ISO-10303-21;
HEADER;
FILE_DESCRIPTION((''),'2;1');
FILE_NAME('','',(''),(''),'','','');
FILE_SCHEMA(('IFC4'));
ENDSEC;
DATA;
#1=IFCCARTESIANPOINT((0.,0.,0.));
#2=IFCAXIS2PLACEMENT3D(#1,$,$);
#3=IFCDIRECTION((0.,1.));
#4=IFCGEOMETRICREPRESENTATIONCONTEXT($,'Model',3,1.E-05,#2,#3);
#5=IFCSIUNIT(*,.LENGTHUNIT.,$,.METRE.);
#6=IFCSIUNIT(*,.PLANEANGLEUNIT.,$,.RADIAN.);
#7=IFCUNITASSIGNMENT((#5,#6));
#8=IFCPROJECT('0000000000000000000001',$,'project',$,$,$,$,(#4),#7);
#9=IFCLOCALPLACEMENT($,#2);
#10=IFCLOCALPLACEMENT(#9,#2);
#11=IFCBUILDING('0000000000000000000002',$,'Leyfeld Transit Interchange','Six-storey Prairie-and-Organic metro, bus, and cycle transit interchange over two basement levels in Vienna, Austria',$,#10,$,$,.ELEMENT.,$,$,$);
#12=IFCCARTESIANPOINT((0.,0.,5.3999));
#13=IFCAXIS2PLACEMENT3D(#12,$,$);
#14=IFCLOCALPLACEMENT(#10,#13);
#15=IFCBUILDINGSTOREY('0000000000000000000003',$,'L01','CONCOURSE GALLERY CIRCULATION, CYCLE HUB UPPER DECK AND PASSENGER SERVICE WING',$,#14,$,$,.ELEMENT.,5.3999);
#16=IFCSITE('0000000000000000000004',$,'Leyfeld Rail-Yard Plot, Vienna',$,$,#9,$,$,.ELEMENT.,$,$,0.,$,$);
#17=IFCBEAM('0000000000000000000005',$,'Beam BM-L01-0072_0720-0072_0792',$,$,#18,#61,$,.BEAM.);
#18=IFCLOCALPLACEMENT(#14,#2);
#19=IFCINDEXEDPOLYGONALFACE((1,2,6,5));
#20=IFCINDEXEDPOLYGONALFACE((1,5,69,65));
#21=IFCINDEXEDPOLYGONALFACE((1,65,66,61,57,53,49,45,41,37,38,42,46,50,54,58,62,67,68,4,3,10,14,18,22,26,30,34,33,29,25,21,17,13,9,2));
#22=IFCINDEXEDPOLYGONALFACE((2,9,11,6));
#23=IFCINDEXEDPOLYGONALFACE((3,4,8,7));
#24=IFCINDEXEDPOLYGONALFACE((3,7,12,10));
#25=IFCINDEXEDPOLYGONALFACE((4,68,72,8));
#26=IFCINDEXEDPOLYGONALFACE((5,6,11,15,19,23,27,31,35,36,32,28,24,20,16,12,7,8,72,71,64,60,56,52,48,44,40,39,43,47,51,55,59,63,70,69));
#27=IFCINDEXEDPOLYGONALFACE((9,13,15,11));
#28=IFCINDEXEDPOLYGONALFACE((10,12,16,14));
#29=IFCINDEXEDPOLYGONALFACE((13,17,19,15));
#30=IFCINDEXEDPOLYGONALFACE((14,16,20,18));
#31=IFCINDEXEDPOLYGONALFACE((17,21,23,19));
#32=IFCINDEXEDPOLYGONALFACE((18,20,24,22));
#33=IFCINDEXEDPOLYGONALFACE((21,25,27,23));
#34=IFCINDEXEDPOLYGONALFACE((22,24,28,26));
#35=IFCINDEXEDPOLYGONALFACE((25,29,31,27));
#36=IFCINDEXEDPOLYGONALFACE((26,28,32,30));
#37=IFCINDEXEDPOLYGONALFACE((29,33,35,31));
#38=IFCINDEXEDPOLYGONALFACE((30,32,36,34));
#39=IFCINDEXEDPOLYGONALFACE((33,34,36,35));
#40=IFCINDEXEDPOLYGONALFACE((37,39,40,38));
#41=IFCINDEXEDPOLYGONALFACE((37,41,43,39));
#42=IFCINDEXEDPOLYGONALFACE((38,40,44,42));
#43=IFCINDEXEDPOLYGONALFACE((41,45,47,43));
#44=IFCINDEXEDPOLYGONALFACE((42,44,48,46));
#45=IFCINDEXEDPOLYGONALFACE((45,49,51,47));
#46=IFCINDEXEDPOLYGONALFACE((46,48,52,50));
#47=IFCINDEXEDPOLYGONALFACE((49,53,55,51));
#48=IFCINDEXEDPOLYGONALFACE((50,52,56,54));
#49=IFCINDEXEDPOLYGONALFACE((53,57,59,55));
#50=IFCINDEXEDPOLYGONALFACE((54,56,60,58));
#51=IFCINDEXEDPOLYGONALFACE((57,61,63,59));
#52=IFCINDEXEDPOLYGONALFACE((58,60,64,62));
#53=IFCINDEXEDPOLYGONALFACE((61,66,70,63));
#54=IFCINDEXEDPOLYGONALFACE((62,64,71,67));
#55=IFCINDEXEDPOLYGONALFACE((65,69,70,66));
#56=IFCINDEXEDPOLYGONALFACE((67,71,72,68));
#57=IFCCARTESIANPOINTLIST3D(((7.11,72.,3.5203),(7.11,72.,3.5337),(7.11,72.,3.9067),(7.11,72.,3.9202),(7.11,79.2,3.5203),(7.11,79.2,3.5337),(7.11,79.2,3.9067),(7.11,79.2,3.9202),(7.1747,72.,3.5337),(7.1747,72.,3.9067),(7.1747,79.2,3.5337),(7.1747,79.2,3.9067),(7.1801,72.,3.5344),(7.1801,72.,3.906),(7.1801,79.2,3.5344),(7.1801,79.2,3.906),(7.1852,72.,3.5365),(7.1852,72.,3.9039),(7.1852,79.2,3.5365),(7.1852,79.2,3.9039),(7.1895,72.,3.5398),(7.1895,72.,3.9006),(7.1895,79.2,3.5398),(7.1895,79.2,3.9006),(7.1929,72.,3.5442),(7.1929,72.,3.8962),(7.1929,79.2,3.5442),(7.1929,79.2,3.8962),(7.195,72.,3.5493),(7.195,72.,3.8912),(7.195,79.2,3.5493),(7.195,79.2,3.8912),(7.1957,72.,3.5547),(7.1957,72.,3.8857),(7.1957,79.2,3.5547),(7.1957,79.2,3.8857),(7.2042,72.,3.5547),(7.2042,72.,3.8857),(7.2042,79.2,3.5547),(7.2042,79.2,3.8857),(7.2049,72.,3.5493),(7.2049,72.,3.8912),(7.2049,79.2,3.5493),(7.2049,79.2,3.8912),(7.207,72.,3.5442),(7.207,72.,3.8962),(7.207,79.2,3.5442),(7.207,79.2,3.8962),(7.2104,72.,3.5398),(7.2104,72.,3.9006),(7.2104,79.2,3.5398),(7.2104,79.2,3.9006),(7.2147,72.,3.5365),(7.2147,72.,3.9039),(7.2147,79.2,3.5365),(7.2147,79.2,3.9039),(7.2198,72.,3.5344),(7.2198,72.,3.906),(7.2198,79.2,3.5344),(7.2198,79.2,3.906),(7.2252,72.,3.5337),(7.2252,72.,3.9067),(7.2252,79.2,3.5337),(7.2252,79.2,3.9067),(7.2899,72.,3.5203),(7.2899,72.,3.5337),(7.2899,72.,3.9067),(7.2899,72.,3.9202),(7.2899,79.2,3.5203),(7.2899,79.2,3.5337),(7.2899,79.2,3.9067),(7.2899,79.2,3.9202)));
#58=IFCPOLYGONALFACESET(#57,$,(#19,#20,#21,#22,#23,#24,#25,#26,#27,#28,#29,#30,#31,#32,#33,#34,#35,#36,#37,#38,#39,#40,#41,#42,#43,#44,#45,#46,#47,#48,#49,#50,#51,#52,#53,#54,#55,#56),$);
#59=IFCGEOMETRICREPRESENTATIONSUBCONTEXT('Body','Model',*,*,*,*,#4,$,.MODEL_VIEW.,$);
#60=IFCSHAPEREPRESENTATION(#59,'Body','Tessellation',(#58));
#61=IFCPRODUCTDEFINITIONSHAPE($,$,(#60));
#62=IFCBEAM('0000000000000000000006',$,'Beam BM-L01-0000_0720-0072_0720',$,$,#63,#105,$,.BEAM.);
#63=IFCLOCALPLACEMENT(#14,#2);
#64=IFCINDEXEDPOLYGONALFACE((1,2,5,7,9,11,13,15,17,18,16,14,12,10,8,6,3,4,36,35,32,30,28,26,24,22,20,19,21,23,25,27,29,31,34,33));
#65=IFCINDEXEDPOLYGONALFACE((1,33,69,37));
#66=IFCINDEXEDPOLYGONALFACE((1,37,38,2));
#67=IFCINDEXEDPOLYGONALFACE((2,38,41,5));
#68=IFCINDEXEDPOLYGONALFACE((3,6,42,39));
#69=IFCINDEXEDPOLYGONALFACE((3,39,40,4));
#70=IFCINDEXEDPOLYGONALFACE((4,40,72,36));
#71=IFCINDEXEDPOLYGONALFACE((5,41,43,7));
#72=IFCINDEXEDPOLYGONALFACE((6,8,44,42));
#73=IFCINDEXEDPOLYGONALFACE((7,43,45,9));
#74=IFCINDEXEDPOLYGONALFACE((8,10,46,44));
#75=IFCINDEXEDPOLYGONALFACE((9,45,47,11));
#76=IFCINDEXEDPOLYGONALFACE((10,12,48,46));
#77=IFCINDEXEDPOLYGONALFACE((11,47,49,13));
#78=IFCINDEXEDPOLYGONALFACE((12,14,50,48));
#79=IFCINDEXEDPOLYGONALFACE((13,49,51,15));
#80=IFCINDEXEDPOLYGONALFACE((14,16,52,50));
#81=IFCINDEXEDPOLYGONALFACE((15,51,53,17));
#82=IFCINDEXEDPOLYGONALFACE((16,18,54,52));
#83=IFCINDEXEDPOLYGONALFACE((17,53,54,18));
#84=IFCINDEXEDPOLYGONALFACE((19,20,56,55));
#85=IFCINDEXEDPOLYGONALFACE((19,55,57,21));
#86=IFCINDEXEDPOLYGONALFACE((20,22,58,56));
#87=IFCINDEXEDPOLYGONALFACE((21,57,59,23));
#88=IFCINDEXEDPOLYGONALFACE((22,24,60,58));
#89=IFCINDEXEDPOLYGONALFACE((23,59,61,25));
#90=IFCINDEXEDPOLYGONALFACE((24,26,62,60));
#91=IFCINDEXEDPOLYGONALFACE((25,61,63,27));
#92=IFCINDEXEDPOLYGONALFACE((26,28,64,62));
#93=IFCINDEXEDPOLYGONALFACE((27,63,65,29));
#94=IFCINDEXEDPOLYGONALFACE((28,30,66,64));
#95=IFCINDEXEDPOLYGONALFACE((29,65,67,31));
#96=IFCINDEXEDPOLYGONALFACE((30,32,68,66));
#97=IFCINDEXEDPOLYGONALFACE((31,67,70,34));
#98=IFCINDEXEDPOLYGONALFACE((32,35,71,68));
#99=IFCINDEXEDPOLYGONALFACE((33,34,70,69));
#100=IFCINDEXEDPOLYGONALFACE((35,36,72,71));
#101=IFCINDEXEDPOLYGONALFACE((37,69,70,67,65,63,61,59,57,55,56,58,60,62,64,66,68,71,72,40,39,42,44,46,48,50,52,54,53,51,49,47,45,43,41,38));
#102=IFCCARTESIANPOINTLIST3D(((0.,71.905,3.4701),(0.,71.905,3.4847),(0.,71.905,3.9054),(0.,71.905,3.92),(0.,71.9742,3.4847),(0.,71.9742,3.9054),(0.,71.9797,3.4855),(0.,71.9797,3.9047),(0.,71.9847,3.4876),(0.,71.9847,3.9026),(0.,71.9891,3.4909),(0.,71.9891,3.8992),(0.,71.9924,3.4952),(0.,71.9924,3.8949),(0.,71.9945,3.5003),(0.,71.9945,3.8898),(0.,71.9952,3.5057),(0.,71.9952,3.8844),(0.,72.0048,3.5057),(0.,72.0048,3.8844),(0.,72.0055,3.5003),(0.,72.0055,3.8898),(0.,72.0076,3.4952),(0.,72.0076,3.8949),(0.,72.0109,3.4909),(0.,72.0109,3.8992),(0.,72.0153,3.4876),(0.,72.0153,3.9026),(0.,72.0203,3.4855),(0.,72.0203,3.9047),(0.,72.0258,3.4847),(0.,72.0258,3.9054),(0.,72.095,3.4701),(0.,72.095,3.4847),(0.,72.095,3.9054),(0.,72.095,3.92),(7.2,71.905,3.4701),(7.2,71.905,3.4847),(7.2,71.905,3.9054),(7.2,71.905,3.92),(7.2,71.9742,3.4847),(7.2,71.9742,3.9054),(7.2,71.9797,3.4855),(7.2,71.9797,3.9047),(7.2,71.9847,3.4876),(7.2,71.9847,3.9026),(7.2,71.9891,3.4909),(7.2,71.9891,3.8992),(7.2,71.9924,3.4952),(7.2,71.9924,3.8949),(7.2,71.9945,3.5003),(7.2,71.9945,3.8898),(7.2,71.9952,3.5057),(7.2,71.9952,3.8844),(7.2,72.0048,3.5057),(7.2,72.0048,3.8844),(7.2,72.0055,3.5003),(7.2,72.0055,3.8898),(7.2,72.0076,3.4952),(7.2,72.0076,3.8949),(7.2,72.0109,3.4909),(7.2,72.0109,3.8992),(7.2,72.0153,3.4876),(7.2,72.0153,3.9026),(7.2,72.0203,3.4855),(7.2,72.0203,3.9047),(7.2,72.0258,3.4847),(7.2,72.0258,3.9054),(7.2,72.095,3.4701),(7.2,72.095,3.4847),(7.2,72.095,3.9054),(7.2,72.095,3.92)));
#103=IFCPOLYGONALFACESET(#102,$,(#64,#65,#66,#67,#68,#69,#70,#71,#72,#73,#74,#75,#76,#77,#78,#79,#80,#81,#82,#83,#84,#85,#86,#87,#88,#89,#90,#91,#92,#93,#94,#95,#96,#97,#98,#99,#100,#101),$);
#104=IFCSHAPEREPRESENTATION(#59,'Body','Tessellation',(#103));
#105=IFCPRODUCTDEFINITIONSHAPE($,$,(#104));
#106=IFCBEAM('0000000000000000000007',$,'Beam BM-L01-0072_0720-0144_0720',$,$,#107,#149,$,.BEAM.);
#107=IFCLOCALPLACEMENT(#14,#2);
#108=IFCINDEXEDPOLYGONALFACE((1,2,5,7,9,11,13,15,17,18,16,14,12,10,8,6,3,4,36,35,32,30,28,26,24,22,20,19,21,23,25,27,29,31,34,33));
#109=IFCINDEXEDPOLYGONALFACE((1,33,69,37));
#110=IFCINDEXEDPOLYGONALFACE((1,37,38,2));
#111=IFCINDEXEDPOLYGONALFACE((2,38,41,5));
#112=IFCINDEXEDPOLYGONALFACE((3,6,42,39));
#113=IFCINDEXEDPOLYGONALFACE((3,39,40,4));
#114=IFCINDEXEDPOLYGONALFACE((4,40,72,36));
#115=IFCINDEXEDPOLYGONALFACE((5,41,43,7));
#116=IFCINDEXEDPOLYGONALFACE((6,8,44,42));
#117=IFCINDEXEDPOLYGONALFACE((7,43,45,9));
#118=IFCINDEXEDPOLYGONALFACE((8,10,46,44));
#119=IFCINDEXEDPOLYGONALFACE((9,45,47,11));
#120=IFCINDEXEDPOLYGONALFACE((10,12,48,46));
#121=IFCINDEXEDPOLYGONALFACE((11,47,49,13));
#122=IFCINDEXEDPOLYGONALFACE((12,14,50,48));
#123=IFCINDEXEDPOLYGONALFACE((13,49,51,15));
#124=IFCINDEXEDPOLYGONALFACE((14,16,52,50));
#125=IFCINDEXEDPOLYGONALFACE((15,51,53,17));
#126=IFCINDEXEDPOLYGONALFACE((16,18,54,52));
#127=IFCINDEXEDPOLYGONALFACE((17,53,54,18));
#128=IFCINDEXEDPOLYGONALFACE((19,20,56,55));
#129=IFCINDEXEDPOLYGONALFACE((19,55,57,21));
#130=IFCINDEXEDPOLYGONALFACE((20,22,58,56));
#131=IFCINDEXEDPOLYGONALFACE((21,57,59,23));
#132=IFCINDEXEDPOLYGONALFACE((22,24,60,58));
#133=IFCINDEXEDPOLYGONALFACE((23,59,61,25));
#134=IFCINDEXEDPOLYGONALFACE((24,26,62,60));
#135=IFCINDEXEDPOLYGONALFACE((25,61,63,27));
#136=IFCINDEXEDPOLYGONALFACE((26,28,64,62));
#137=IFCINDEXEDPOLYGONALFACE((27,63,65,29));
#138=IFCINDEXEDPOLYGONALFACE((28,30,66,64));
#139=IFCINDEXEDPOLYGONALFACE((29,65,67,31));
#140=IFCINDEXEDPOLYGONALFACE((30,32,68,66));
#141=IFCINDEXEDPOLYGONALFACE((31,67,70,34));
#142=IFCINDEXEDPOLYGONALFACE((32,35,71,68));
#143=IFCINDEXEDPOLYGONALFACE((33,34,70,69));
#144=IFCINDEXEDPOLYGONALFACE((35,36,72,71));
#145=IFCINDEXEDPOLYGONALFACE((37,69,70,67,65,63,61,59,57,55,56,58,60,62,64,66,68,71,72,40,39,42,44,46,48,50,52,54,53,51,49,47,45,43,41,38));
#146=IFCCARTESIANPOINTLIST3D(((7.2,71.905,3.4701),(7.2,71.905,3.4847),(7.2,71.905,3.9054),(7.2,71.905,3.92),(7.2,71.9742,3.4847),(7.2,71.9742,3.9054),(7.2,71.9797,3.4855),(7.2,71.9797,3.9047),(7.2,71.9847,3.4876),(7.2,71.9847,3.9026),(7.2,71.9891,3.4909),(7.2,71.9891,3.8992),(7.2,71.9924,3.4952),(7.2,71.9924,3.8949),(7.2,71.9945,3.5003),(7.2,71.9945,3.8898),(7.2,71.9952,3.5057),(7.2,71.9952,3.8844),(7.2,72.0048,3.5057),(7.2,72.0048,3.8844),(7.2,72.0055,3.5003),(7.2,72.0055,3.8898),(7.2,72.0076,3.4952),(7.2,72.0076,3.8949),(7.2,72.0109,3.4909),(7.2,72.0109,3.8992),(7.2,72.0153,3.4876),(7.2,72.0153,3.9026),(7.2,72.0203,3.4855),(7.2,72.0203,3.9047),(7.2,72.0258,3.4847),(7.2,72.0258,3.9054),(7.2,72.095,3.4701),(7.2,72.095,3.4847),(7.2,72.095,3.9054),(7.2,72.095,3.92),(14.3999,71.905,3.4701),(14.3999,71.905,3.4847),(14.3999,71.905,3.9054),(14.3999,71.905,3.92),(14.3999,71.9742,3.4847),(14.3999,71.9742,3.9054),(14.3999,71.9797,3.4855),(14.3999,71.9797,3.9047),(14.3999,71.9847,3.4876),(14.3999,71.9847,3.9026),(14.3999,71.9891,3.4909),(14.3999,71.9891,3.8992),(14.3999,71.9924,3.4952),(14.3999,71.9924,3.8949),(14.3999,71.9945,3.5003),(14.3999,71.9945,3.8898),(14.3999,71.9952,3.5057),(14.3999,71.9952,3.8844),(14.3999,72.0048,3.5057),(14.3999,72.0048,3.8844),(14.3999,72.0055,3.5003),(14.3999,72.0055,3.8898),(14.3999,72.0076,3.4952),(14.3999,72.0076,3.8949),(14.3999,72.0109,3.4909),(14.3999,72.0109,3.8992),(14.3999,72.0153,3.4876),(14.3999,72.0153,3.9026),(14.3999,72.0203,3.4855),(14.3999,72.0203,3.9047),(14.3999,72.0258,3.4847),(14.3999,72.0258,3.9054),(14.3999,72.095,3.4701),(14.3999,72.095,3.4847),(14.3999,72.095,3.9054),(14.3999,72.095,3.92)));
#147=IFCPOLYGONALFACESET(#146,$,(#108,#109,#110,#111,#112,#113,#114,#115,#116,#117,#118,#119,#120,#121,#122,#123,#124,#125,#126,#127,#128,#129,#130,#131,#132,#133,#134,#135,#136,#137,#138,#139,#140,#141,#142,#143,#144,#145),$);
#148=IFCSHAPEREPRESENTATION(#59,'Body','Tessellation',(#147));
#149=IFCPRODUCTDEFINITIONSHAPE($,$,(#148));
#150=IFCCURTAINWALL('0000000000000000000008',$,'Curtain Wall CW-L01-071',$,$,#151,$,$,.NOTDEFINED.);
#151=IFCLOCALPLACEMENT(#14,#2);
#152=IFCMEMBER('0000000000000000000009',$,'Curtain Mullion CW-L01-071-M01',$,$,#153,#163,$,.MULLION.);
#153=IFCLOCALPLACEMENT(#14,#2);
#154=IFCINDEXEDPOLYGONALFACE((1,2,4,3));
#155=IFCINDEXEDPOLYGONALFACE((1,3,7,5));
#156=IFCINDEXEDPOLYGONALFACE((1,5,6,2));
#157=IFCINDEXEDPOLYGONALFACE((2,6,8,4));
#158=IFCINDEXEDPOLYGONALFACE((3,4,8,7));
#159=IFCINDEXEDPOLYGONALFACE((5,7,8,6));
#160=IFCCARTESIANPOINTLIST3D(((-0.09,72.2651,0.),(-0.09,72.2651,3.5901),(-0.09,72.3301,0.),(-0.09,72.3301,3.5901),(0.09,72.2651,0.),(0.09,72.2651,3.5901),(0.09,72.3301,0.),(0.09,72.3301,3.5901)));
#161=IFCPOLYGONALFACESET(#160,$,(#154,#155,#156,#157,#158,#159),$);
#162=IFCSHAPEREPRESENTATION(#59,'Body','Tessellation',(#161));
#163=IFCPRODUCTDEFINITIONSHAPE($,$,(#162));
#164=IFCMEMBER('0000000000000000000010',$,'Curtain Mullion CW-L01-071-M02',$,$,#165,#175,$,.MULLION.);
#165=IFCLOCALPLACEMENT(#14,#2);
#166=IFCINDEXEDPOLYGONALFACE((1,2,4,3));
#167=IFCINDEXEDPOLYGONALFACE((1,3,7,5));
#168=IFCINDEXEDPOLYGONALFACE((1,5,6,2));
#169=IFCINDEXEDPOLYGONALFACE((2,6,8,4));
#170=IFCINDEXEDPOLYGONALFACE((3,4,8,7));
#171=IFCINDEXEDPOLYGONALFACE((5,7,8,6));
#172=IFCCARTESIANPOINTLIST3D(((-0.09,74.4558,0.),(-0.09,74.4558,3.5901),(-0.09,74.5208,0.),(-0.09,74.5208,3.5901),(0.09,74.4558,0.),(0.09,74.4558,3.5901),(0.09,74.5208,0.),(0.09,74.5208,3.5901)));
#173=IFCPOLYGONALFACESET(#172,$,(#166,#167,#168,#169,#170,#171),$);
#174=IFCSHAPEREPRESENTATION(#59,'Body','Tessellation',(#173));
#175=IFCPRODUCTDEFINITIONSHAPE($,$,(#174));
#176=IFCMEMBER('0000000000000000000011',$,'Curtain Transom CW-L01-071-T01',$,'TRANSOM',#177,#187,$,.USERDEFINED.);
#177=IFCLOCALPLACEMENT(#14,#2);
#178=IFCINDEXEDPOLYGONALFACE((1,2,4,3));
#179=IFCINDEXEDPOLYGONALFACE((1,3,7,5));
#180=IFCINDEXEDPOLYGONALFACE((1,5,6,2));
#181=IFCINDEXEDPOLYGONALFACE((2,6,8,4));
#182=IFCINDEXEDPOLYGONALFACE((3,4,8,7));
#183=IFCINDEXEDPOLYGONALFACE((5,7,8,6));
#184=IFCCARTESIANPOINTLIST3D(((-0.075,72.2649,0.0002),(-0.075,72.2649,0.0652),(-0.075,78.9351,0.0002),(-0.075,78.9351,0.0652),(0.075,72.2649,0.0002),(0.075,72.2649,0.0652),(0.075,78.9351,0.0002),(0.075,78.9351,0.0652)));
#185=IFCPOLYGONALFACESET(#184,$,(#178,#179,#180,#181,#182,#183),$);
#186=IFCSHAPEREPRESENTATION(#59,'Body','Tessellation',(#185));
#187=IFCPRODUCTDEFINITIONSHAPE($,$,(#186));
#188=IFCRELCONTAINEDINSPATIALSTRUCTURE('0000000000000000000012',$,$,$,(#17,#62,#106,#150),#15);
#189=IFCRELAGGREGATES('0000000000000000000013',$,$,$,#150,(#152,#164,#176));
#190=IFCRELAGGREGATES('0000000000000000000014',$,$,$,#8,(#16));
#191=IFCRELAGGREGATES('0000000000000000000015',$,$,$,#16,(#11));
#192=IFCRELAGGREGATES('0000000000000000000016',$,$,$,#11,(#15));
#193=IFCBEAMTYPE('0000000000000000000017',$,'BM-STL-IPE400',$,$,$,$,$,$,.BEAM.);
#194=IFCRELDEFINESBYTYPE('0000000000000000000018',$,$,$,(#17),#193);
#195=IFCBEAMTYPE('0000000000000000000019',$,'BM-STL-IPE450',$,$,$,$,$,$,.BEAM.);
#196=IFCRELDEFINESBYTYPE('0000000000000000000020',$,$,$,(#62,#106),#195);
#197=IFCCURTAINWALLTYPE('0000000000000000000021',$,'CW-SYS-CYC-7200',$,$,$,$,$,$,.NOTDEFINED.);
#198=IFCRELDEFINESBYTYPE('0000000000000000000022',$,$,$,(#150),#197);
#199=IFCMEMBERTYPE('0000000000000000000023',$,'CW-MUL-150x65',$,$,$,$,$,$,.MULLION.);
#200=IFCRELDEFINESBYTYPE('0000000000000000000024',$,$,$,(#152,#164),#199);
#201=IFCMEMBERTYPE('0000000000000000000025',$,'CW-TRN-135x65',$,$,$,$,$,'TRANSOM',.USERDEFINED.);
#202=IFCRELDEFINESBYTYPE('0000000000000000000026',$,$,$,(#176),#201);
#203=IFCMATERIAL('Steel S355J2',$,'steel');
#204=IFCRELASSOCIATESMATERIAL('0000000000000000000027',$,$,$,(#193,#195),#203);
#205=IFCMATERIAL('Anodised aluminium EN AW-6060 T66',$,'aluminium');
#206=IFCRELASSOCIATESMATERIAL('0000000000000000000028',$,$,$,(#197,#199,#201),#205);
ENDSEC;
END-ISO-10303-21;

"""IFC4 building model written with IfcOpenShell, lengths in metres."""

from ifc_helpers import new_model, si_unit, direction, frame, origin, origin_2d, place, context, subcontext, project, spatial, rectangle, i_section, extrude, material, material_profile, profile_set, type_object, element, aggregate, save


model = new_model("IFC4")

# Units and contexts
model_context = context("Model", 3, precision=1e-05, world=origin(), true_north=direction((0.0, 1.0)))
body_context = subcontext(model_context, "Body", "Model", "MODEL_VIEW")
ifc_project = project(units=[si_unit("LENGTHUNIT", "METRE"), si_unit("PLANEANGLEUNIT", "RADIAN")], contexts=[model_context])

# Site, building, storey
site_placement = place(None, origin())
site = spatial("IfcSite", under=ifc_project, at=site_placement, Name="Leyfeld Rail-Yard Plot, Vienna", CompositionType="ELEMENT", RefElevation=0.0)
building_placement = place(site_placement, origin())
building = spatial("IfcBuilding", under=site, at=building_placement, Name="Leyfeld Transit Interchange", Description="Six-storey Prairie-and-Organic metro, bus, and cycle transit interchange over two basement levels in Vienna, Austria", CompositionType="ELEMENT")
storey_placement = place(building_placement, frame((0.0, 0.0, 5.3999)))
storey = spatial("IfcBuildingStorey", under=building, at=storey_placement, Name="L01", Description="CONCOURSE GALLERY CIRCULATION, CYCLE HUB UPPER DECK AND PASSENGER SERVICE WING", CompositionType="ELEMENT", Elevation=5.3999)

# Beams
ifc_material_1 = material(Name="Steel S355J2", Category="steel")
ifc_material_profile_1 = material_profile(ifc_material_1, i_section(OverallWidth=0.1799, OverallDepth=0.3999, WebThickness=0.0085, FlangeThickness=0.0134, FilletRadius=0.021, at=origin_2d()), Name="IPE 400")
ifc_profile_set_1 = profile_set([ifc_material_profile_1], Name="Steel S355J2")
beam_type_1 = type_object("IfcBeamType", Name="BM-STL-IPE400", PredefinedType="BEAM", material=ifc_profile_set_1)
beam_1_placement = place(storey_placement, frame((7.2, 72.0, 3.7202), z_axis=(0.0, 1.0, 0.0), x_axis=(-1.0, 0.0, 0.0)))
element("IfcBeam", 1, at=beam_1_placement, inside=storey, type_object=beam_type_1, Name="Beam BM-L01-0072_0720-0072_0792", PredefinedType="BEAM", context=body_context, shape_type="SweptSolid", body=[
    extrude(i_section(OverallWidth=0.1799, OverallDepth=0.3999, WebThickness=0.0085, FlangeThickness=0.0134, FilletRadius=0.021, at=origin_2d()), origin(), (0.0, 0.0, 1.0), 7.2),
])
ifc_material_profile_2 = material_profile(ifc_material_1, i_section(OverallWidth=0.1899, OverallDepth=0.45, WebThickness=0.0095, FlangeThickness=0.0146, FilletRadius=0.021, at=origin_2d()), Name="IPE 450")
ifc_profile_set_2 = profile_set([ifc_material_profile_2], Name="Steel S355J2")
beam_type_2 = type_object("IfcBeamType", Name="BM-STL-IPE450", PredefinedType="BEAM", material=ifc_profile_set_2)
for number, where, z_axis, x_axis, name in (
    (2, (0.0, 72.0, 3.6951), (1.0, 0.0, 0.0), (0.0, 1.0, 0.0), "Beam BM-L01-0000_0720-0072_0720"),
    (3, (7.2, 72.0, 3.6951), (1.0, 0.0, 0.0), (0.0, 1.0, 0.0), "Beam BM-L01-0072_0720-0144_0720"),
):
    element("IfcBeam", number, at=place(storey_placement, frame(where, z_axis=z_axis, x_axis=x_axis)), inside=storey, type_object=beam_type_2, Name=name, PredefinedType="BEAM", context=body_context, shape_type="SweptSolid", body=[
        extrude(i_section(OverallWidth=0.1899, OverallDepth=0.45, WebThickness=0.0095, FlangeThickness=0.0146, FilletRadius=0.021, at=origin_2d()), origin(), (0.0, 0.0, 1.0), 7.2),
    ])

# Curtain wall, members
ifc_material_2 = material(Name="Anodised aluminium EN AW-6060 T66", Category="aluminium")
curtain_wall_type = type_object("IfcCurtainWallType", Name="CW-SYS-CYC-7200", PredefinedType="NOTDEFINED", material=ifc_material_2)
curtain_wall_placement = place(storey_placement, origin())
curtain_wall = element("IfcCurtainWall", 4, at=curtain_wall_placement, inside=storey, type_object=curtain_wall_type, Name="Curtain Wall CW-L01-071", PredefinedType="NOTDEFINED")
ifc_material_profile_3 = material_profile(ifc_material_2, rectangle(XDim=0.0649, YDim=0.1799, at=origin_2d()), Name="CW-M 65x180")
ifc_profile_set_3 = profile_set([ifc_material_profile_3], Name="Anodised aluminium EN AW-6060 T66")
member_type_1 = type_object("IfcMemberType", Name="CW-MUL-150x65", PredefinedType="MULLION", material=ifc_profile_set_3)
member_1_placement = place(storey_placement, frame((0.0, 72.2976, 0.0), z_axis=(0.0, 0.0, 1.0), x_axis=(0.0, 1.0, 0.0)))
member_1 = element("IfcMember", 5, at=member_1_placement, type_object=member_type_1, Name="Curtain Mullion CW-L01-071-M01", PredefinedType="MULLION", context=body_context, shape_type="SweptSolid", body=[
    extrude(rectangle(XDim=0.0649, YDim=0.1799, at=origin_2d()), origin(), (0.0, 0.0, 1.0), 3.5901),
])
member_2_placement = place(storey_placement, frame((0.0, 74.4883, 0.0), z_axis=(0.0, 0.0, 1.0), x_axis=(0.0, 1.0, 0.0)))
member_2 = element("IfcMember", 6, at=member_2_placement, type_object=member_type_1, Name="Curtain Mullion CW-L01-071-M02", PredefinedType="MULLION", context=body_context, shape_type="SweptSolid", body=[
    extrude(rectangle(XDim=0.0649, YDim=0.1799, at=origin_2d()), origin(), (0.0, 0.0, 1.0), 3.5901),
])
ifc_material_profile_4 = material_profile(ifc_material_2, rectangle(XDim=0.1499, YDim=0.0649, at=origin_2d()), Name="CW-TRN-135x65")
ifc_profile_set_4 = profile_set([ifc_material_profile_4], Name="Anodised aluminium EN AW-6060 T66")
member_type_2 = type_object("IfcMemberType", Name="CW-TRN-135x65", ElementType="TRANSOM", PredefinedType="USERDEFINED", material=ifc_profile_set_4)
member_3_placement = place(storey_placement, frame((0.0, 72.2649, 0.0327), z_axis=(0.0, 1.0, 0.0), x_axis=(-1.0, 0.0, 0.0)))
member_3 = element("IfcMember", 7, at=member_3_placement, type_object=member_type_2, Name="Curtain Transom CW-L01-071-T01", ObjectType="TRANSOM", PredefinedType="USERDEFINED", context=body_context, shape_type="SweptSolid", body=[
    extrude(rectangle(XDim=0.1499, YDim=0.0649, at=origin_2d()), origin(), (0.0, 0.0, 1.0), 6.6702),
])
aggregate(curtain_wall, [member_1, member_2, member_3])

save(model, "model.ifc")
